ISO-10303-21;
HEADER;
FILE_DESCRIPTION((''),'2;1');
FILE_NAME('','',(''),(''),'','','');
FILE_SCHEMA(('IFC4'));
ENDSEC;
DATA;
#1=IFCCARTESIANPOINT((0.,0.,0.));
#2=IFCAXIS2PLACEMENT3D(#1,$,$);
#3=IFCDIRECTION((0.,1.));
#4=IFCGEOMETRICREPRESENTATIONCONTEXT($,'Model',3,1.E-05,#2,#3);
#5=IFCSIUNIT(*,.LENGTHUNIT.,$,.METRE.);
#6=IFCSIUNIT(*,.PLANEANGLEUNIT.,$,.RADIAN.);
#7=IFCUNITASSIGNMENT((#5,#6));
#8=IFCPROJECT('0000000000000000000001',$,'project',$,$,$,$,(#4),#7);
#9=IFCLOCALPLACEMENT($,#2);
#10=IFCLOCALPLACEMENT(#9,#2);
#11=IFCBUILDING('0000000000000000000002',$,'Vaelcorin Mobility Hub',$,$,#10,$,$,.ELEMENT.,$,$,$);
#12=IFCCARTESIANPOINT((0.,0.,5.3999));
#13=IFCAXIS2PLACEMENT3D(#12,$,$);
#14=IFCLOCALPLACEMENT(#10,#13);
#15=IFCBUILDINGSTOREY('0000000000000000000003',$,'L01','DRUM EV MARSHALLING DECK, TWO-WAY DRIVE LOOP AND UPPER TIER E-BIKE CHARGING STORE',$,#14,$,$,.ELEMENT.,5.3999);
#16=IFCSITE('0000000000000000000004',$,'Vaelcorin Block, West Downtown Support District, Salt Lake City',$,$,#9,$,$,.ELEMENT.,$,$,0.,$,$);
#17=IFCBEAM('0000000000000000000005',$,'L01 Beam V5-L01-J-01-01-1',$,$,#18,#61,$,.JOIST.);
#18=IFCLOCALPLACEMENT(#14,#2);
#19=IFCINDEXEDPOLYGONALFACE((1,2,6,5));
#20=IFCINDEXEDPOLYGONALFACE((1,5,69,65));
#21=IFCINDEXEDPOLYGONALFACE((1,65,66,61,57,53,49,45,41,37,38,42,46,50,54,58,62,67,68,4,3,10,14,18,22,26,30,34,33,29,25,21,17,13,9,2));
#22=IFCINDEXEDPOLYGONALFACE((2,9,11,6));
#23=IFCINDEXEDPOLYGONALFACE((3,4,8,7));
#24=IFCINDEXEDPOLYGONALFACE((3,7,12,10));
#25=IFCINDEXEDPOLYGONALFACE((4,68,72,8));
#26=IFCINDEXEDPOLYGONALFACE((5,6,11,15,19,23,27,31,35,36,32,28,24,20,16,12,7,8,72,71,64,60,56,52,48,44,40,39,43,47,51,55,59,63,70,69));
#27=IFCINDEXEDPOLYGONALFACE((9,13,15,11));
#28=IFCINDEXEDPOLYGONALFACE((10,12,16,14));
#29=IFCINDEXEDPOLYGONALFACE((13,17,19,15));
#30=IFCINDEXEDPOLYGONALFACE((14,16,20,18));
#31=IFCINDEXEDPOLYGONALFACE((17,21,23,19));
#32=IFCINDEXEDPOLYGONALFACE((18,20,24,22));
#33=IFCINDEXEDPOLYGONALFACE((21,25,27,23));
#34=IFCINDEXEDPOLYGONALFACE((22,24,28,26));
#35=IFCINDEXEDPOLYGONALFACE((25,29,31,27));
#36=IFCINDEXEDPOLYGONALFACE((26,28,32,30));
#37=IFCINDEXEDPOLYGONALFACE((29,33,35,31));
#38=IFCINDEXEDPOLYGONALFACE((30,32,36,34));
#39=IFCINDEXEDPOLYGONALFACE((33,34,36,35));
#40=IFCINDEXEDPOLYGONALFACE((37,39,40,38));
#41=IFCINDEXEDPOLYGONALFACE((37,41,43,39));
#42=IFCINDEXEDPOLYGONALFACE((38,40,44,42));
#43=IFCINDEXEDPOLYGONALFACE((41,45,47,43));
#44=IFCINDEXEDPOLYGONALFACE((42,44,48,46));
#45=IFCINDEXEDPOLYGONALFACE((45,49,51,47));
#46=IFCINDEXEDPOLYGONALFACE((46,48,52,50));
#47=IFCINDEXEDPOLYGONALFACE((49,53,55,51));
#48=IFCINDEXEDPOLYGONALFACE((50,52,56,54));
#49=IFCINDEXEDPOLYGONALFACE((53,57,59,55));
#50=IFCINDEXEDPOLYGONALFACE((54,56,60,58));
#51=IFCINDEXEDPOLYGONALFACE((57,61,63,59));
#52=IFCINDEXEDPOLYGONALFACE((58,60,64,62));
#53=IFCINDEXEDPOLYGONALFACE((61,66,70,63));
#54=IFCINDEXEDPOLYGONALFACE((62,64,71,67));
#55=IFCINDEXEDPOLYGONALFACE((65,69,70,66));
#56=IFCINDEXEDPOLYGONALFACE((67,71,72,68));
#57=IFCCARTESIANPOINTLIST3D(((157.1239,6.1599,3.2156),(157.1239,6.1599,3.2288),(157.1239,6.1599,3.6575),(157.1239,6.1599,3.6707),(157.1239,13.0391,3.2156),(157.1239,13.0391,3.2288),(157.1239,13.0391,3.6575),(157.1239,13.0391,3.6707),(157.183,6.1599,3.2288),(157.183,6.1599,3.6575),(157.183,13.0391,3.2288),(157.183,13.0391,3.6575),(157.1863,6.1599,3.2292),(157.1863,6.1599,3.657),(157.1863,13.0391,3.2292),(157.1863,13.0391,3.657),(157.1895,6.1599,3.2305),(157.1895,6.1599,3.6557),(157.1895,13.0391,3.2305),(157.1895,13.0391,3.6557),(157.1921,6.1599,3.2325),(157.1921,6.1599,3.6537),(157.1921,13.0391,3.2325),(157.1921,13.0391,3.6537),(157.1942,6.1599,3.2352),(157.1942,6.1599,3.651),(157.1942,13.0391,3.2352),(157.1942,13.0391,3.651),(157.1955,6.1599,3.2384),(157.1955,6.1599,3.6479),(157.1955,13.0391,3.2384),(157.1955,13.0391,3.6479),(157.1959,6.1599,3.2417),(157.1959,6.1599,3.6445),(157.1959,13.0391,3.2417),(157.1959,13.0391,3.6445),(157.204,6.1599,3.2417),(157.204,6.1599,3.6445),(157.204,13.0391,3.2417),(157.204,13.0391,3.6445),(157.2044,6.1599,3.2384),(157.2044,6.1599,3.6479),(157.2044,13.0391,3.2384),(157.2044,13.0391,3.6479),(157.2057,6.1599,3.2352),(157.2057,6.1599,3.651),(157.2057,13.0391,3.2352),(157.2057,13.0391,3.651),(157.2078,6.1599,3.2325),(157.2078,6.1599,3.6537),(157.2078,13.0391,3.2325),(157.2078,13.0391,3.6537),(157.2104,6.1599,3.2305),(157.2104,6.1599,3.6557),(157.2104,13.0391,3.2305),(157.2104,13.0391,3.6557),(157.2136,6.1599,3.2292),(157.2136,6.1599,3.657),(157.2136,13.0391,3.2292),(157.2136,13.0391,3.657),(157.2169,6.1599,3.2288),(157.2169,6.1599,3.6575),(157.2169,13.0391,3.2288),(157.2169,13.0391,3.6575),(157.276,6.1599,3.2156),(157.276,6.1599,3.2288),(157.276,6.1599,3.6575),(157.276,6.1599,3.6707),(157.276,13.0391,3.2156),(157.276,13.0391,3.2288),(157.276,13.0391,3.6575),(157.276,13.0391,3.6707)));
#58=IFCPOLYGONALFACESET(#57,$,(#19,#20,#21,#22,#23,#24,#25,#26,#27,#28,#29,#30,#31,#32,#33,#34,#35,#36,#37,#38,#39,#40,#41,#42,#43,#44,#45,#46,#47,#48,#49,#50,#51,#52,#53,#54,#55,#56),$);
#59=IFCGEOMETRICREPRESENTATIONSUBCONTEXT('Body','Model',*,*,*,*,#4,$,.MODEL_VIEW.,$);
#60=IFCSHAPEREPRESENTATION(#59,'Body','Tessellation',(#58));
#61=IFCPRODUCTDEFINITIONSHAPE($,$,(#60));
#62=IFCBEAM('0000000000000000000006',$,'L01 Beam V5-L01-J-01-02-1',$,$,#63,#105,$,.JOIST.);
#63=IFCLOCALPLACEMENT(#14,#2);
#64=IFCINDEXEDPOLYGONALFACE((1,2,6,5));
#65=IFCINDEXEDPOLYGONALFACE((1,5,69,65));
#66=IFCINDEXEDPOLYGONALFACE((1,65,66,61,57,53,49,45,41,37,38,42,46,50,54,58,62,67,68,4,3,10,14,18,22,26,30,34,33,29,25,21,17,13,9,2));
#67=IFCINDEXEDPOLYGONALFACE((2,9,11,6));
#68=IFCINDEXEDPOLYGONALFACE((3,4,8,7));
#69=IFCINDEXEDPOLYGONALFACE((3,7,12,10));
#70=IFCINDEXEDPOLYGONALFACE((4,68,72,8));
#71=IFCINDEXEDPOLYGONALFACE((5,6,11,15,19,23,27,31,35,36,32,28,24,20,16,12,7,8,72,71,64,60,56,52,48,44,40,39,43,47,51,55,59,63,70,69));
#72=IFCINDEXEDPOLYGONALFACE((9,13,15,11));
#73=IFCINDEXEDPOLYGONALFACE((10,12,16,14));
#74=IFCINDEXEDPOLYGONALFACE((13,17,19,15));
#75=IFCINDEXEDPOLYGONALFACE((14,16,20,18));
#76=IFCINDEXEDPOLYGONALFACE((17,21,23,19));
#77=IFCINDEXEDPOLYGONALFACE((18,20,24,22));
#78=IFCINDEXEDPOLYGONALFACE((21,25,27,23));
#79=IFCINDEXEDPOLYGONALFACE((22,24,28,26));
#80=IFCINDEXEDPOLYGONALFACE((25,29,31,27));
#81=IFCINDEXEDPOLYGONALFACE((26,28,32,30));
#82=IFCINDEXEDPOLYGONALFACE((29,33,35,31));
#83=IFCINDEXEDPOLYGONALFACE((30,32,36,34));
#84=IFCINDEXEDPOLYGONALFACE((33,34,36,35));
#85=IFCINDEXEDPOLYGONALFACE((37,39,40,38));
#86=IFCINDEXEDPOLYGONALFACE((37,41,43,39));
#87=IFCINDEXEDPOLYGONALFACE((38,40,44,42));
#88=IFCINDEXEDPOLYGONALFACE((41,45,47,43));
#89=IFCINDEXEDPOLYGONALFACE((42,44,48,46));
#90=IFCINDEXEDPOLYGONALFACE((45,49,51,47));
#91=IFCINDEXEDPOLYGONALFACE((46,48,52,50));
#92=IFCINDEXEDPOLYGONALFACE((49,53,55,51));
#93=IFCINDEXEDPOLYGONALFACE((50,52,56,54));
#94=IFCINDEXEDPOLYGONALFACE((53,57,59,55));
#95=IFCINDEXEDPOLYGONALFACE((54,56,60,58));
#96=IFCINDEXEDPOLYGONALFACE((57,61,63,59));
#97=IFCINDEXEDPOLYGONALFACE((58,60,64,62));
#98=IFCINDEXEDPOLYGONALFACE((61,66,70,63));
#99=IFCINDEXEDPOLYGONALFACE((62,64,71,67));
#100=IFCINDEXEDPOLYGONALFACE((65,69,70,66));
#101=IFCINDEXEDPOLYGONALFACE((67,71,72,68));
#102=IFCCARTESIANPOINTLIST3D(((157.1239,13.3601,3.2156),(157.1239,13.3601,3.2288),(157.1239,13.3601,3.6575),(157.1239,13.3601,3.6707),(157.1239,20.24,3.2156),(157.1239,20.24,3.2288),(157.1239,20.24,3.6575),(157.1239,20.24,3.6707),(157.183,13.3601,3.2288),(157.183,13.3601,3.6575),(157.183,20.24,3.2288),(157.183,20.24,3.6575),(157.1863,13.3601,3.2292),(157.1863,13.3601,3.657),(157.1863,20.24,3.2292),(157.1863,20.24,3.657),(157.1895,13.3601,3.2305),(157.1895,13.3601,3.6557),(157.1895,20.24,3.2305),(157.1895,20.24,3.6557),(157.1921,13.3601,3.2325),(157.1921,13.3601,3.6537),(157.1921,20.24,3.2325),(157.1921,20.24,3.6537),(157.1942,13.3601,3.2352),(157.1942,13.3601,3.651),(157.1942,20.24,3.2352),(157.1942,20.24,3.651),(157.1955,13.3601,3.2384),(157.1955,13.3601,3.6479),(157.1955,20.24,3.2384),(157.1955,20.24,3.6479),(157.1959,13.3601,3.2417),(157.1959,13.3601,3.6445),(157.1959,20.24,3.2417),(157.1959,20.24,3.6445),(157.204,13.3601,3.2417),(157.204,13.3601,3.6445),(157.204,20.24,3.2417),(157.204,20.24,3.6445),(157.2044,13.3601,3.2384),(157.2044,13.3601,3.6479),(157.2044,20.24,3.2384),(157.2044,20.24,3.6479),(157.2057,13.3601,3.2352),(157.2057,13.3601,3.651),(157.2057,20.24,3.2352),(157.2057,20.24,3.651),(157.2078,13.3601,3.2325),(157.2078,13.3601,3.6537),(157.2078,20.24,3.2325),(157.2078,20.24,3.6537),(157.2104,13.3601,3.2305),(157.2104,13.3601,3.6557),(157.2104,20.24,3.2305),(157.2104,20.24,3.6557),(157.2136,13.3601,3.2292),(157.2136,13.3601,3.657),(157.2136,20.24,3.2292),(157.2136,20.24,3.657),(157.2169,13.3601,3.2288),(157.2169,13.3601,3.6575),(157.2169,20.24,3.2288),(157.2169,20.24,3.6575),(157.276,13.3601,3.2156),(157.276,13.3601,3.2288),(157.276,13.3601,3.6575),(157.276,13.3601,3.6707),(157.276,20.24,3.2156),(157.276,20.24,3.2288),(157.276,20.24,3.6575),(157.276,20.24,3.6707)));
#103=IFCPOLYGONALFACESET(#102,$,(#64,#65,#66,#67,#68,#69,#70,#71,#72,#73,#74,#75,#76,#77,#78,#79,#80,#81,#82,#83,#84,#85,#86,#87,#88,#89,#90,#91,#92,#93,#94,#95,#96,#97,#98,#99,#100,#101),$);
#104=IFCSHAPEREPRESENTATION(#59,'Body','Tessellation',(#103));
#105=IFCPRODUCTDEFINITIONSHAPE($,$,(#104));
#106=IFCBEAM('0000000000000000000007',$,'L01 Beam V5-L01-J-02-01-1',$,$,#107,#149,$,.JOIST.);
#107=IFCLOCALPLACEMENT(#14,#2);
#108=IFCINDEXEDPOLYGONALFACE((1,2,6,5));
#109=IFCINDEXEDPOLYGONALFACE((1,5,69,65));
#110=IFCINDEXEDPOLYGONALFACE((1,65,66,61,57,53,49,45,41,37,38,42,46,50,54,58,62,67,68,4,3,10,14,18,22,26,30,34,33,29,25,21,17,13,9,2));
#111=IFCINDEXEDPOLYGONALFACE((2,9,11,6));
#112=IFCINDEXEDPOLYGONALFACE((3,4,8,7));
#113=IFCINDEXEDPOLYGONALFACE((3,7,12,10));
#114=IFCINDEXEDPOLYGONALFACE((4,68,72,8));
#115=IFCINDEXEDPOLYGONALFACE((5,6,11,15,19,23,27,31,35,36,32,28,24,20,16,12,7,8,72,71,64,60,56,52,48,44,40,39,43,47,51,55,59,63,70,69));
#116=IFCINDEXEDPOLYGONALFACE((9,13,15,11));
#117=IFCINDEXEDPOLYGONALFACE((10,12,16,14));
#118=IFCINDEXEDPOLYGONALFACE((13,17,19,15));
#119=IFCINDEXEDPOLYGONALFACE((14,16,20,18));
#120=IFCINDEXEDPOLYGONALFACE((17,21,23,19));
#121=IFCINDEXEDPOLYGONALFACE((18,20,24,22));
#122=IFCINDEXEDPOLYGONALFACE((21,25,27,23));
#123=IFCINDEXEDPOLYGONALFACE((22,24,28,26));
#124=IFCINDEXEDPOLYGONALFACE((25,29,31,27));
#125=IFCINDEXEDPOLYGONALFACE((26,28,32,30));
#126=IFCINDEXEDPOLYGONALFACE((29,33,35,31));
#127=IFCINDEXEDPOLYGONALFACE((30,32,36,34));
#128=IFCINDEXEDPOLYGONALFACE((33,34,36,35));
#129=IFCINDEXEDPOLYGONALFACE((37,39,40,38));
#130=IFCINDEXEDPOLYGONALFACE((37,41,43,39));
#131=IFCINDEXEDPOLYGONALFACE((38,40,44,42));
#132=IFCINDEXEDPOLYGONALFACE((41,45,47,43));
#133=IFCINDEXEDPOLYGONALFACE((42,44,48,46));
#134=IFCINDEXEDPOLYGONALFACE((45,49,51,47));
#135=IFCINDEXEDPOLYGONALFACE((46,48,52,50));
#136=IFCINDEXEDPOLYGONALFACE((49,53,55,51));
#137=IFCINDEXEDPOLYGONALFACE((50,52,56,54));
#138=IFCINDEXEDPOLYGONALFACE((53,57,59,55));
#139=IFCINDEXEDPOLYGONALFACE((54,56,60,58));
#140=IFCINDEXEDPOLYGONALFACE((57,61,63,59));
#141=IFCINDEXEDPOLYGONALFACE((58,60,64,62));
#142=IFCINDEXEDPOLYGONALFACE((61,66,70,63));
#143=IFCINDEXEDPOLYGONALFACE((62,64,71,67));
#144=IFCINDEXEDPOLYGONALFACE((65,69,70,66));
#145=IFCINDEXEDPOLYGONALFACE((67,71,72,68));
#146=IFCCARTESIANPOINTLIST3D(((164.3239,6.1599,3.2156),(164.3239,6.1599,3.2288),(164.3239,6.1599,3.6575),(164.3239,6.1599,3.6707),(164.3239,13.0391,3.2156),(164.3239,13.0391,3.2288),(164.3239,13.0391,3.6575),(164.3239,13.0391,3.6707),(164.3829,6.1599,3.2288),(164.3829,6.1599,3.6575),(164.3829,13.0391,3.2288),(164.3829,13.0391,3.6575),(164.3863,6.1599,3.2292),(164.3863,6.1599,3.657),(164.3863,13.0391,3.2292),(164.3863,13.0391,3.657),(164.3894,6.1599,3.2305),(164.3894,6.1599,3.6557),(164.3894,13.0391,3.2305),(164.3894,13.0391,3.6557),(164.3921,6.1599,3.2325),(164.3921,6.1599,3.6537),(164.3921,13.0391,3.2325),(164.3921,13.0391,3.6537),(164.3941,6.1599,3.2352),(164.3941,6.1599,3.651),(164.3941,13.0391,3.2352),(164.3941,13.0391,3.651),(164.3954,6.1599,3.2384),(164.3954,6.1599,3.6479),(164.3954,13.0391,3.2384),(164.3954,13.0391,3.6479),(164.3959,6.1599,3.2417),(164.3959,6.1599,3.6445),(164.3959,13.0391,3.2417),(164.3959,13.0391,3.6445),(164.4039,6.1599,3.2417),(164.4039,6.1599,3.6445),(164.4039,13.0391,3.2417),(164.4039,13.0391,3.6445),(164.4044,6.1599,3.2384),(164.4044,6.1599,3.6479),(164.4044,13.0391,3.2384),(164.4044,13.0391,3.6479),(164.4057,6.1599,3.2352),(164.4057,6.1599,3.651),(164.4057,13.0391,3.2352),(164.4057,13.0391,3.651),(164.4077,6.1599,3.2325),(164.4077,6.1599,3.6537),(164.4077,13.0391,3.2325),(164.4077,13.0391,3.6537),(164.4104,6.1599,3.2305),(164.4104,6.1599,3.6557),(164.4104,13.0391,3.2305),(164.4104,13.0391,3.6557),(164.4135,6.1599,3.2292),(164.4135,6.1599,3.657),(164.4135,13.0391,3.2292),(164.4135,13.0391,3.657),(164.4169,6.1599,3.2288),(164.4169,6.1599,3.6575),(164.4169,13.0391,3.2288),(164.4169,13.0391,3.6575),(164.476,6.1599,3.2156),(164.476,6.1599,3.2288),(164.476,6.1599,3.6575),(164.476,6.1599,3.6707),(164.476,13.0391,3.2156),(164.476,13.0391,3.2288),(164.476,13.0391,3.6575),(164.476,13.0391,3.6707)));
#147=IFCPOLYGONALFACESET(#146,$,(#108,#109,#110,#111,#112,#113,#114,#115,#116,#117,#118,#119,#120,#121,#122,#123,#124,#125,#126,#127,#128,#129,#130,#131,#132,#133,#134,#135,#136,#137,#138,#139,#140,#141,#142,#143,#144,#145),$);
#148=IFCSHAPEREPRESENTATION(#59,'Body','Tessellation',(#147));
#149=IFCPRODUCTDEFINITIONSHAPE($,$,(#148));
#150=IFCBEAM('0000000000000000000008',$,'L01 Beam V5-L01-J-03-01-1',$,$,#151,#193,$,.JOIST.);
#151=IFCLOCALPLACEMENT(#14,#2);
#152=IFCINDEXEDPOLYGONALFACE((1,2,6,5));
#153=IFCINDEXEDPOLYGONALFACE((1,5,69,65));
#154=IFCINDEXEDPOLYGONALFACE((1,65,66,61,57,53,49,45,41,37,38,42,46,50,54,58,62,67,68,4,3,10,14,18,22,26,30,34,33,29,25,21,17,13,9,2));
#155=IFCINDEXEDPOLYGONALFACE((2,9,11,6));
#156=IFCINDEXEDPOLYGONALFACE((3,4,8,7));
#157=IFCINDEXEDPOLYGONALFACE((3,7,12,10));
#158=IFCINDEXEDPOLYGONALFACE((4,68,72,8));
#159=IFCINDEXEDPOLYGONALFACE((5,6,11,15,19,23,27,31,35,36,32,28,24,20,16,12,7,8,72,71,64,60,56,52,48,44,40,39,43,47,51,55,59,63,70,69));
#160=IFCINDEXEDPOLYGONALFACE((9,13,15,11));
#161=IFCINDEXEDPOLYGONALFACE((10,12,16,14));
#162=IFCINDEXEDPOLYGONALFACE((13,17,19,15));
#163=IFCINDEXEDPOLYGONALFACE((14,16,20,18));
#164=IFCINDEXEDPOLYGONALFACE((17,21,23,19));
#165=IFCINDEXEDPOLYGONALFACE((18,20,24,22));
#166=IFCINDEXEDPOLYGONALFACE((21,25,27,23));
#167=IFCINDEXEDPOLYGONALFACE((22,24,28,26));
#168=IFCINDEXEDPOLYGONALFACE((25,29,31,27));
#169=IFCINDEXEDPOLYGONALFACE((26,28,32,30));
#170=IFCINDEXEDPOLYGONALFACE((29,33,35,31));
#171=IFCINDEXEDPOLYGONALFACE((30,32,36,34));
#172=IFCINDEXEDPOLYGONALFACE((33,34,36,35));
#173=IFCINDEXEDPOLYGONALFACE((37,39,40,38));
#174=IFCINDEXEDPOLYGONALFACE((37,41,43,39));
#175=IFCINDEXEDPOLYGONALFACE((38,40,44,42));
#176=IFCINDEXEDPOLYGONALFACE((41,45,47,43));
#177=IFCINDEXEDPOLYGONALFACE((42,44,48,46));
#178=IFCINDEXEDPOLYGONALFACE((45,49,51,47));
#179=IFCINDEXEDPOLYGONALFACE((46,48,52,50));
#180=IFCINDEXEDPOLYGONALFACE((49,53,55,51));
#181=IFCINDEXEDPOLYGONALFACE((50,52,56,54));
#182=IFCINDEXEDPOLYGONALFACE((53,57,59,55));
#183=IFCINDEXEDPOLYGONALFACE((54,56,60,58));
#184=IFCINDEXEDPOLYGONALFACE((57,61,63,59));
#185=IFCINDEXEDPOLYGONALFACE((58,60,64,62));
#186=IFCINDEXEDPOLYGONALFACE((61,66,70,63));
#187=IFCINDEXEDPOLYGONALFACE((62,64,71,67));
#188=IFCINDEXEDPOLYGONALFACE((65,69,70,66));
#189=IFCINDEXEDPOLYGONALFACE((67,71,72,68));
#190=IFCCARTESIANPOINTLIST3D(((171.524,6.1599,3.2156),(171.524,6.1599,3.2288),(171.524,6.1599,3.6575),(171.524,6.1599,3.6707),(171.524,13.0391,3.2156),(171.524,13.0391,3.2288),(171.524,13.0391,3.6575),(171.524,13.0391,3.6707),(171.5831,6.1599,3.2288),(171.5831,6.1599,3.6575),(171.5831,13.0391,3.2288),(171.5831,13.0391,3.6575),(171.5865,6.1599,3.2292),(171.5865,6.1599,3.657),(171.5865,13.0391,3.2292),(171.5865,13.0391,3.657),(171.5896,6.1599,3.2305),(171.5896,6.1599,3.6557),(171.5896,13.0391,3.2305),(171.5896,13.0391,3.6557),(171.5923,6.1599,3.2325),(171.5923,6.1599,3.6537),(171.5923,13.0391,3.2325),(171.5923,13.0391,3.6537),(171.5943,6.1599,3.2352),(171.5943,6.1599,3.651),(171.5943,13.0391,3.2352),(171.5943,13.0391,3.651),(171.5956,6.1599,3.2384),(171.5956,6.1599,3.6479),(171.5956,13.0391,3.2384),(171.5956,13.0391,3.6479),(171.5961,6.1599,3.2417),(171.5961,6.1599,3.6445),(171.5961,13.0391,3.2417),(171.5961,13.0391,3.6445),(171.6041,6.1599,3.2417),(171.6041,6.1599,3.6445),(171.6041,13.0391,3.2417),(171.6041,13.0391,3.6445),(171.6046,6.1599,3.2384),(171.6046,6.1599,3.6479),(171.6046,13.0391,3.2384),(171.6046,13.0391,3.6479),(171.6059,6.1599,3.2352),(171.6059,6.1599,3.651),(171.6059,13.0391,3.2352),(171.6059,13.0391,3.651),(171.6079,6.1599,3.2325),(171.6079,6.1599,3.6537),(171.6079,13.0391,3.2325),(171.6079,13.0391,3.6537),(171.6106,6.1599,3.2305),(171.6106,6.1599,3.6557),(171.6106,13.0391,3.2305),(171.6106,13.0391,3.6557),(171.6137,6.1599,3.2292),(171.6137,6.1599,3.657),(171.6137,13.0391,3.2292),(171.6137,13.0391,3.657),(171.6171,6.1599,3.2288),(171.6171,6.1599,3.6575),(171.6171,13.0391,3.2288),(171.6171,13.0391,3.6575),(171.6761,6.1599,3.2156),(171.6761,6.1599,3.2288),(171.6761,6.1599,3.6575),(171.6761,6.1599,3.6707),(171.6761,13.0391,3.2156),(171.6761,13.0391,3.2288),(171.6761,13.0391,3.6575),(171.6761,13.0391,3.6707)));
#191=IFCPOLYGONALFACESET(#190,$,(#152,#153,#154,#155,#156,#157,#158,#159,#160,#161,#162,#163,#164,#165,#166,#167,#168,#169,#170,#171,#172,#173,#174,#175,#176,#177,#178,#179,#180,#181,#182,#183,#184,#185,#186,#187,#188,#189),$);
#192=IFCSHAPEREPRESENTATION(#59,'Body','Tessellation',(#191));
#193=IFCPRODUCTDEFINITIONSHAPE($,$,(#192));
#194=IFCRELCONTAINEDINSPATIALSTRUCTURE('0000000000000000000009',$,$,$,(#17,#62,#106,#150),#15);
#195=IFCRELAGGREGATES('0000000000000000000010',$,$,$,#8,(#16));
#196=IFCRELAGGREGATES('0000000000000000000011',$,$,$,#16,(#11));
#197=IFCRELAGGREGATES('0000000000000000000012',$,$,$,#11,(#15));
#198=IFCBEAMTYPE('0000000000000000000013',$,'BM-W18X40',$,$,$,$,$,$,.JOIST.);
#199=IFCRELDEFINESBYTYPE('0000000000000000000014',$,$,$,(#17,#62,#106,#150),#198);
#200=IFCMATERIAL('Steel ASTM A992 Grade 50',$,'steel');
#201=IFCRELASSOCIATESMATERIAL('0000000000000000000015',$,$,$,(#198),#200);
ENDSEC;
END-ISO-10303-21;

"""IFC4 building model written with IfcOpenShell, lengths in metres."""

from ifc_helpers import new_model, si_unit, direction, frame, origin, origin_2d, place, context, subcontext, project, spatial, i_section, extrude, material, material_profile, profile_set, type_object, element, save


model = new_model("IFC4")

# Units and contexts
model_context = context("Model", 3, precision=1e-05, world=origin(), true_north=direction((0.0, 1.0)))
body_context = subcontext(model_context, "Body", "Model", "MODEL_VIEW")
ifc_project = project(units=[si_unit("LENGTHUNIT", "METRE"), si_unit("PLANEANGLEUNIT", "RADIAN")], contexts=[model_context])

# Site, building, storey
site_placement = place(None, origin())
site = spatial("IfcSite", under=ifc_project, at=site_placement, Name="Vaelcorin Block, West Downtown Support District, Salt Lake City", CompositionType="ELEMENT", RefElevation=0.0)
building_placement = place(site_placement, origin())
building = spatial("IfcBuilding", under=site, at=building_placement, Name="Vaelcorin Mobility Hub", CompositionType="ELEMENT")
storey_placement = place(building_placement, frame((0.0, 0.0, 5.3999)))
storey = spatial("IfcBuildingStorey", under=building, at=storey_placement, Name="L01", Description="DRUM EV MARSHALLING DECK, TWO-WAY DRIVE LOOP AND UPPER TIER E-BIKE CHARGING STORE", CompositionType="ELEMENT", Elevation=5.3999)

# Shared definitions
ifc_material_1 = material(Name="Steel ASTM A992 Grade 50", Category="steel")

# Beams
ifc_material_profile_1 = material_profile(ifc_material_1, i_section(OverallWidth=0.1521, OverallDepth=0.4551, WebThickness=0.0081, FlangeThickness=0.0132, FilletRadius=0.0129, at=origin_2d()), Name="W18X40")
ifc_profile_set_1 = profile_set([ifc_material_profile_1], Name="Steel ASTM A992 Grade 50")
beam_type_1 = type_object("IfcBeamType", Name="BM-W18X40", PredefinedType="JOIST", material=ifc_profile_set_1)
beam_1_placement = place(storey_placement, frame((157.2, 6.1599, 3.4431), z_axis=(0.0, 1.0, 0.0), x_axis=(-1.0, 0.0, 0.0)))
element("IfcBeam", 1, at=beam_1_placement, inside=storey, type_object=beam_type_1, Name="L01 Beam V5-L01-J-01-01-1", PredefinedType="JOIST", context=body_context, shape_type="SweptSolid", body=[
    extrude(i_section(OverallWidth=0.1521, OverallDepth=0.4551, WebThickness=0.0081, FlangeThickness=0.0132, FilletRadius=0.0129, at=origin_2d()), origin(), (0.0, 0.0, 1.0), 6.8792),
])
beam_2_placement = place(storey_placement, frame((157.2, 13.3601, 3.4431), z_axis=(0.0, 1.0, 0.0), x_axis=(-1.0, 0.0, 0.0)))
element("IfcBeam", 2, at=beam_2_placement, inside=storey, type_object=beam_type_1, Name="L01 Beam V5-L01-J-01-02-1", PredefinedType="JOIST", context=body_context, shape_type="SweptSolid", body=[
    extrude(i_section(OverallWidth=0.1521, OverallDepth=0.4551, WebThickness=0.0081, FlangeThickness=0.0132, FilletRadius=0.0129, at=origin_2d()), origin(), (0.0, 0.0, 1.0), 6.8799),
])
for number, where, z_axis, x_axis, name in (
    (3, (164.3999, 6.1599, 3.4431), (0.0, 1.0, 0.0), (-1.0, 0.0, 0.0), "L01 Beam V5-L01-J-02-01-1"),
    (4, (171.6001, 6.1599, 3.4431), (0.0, 1.0, 0.0), (-1.0, 0.0, 0.0), "L01 Beam V5-L01-J-03-01-1"),
):
    element("IfcBeam", number, at=place(storey_placement, frame(where, z_axis=z_axis, x_axis=x_axis)), inside=storey, type_object=beam_type_1, Name=name, PredefinedType="JOIST", context=body_context, shape_type="SweptSolid", body=[
        extrude(i_section(OverallWidth=0.1521, OverallDepth=0.4551, WebThickness=0.0081, FlangeThickness=0.0132, FilletRadius=0.0129, at=origin_2d()), origin(), (0.0, 0.0, 1.0), 6.8792),
    ])

save(model, "model.ifc")
